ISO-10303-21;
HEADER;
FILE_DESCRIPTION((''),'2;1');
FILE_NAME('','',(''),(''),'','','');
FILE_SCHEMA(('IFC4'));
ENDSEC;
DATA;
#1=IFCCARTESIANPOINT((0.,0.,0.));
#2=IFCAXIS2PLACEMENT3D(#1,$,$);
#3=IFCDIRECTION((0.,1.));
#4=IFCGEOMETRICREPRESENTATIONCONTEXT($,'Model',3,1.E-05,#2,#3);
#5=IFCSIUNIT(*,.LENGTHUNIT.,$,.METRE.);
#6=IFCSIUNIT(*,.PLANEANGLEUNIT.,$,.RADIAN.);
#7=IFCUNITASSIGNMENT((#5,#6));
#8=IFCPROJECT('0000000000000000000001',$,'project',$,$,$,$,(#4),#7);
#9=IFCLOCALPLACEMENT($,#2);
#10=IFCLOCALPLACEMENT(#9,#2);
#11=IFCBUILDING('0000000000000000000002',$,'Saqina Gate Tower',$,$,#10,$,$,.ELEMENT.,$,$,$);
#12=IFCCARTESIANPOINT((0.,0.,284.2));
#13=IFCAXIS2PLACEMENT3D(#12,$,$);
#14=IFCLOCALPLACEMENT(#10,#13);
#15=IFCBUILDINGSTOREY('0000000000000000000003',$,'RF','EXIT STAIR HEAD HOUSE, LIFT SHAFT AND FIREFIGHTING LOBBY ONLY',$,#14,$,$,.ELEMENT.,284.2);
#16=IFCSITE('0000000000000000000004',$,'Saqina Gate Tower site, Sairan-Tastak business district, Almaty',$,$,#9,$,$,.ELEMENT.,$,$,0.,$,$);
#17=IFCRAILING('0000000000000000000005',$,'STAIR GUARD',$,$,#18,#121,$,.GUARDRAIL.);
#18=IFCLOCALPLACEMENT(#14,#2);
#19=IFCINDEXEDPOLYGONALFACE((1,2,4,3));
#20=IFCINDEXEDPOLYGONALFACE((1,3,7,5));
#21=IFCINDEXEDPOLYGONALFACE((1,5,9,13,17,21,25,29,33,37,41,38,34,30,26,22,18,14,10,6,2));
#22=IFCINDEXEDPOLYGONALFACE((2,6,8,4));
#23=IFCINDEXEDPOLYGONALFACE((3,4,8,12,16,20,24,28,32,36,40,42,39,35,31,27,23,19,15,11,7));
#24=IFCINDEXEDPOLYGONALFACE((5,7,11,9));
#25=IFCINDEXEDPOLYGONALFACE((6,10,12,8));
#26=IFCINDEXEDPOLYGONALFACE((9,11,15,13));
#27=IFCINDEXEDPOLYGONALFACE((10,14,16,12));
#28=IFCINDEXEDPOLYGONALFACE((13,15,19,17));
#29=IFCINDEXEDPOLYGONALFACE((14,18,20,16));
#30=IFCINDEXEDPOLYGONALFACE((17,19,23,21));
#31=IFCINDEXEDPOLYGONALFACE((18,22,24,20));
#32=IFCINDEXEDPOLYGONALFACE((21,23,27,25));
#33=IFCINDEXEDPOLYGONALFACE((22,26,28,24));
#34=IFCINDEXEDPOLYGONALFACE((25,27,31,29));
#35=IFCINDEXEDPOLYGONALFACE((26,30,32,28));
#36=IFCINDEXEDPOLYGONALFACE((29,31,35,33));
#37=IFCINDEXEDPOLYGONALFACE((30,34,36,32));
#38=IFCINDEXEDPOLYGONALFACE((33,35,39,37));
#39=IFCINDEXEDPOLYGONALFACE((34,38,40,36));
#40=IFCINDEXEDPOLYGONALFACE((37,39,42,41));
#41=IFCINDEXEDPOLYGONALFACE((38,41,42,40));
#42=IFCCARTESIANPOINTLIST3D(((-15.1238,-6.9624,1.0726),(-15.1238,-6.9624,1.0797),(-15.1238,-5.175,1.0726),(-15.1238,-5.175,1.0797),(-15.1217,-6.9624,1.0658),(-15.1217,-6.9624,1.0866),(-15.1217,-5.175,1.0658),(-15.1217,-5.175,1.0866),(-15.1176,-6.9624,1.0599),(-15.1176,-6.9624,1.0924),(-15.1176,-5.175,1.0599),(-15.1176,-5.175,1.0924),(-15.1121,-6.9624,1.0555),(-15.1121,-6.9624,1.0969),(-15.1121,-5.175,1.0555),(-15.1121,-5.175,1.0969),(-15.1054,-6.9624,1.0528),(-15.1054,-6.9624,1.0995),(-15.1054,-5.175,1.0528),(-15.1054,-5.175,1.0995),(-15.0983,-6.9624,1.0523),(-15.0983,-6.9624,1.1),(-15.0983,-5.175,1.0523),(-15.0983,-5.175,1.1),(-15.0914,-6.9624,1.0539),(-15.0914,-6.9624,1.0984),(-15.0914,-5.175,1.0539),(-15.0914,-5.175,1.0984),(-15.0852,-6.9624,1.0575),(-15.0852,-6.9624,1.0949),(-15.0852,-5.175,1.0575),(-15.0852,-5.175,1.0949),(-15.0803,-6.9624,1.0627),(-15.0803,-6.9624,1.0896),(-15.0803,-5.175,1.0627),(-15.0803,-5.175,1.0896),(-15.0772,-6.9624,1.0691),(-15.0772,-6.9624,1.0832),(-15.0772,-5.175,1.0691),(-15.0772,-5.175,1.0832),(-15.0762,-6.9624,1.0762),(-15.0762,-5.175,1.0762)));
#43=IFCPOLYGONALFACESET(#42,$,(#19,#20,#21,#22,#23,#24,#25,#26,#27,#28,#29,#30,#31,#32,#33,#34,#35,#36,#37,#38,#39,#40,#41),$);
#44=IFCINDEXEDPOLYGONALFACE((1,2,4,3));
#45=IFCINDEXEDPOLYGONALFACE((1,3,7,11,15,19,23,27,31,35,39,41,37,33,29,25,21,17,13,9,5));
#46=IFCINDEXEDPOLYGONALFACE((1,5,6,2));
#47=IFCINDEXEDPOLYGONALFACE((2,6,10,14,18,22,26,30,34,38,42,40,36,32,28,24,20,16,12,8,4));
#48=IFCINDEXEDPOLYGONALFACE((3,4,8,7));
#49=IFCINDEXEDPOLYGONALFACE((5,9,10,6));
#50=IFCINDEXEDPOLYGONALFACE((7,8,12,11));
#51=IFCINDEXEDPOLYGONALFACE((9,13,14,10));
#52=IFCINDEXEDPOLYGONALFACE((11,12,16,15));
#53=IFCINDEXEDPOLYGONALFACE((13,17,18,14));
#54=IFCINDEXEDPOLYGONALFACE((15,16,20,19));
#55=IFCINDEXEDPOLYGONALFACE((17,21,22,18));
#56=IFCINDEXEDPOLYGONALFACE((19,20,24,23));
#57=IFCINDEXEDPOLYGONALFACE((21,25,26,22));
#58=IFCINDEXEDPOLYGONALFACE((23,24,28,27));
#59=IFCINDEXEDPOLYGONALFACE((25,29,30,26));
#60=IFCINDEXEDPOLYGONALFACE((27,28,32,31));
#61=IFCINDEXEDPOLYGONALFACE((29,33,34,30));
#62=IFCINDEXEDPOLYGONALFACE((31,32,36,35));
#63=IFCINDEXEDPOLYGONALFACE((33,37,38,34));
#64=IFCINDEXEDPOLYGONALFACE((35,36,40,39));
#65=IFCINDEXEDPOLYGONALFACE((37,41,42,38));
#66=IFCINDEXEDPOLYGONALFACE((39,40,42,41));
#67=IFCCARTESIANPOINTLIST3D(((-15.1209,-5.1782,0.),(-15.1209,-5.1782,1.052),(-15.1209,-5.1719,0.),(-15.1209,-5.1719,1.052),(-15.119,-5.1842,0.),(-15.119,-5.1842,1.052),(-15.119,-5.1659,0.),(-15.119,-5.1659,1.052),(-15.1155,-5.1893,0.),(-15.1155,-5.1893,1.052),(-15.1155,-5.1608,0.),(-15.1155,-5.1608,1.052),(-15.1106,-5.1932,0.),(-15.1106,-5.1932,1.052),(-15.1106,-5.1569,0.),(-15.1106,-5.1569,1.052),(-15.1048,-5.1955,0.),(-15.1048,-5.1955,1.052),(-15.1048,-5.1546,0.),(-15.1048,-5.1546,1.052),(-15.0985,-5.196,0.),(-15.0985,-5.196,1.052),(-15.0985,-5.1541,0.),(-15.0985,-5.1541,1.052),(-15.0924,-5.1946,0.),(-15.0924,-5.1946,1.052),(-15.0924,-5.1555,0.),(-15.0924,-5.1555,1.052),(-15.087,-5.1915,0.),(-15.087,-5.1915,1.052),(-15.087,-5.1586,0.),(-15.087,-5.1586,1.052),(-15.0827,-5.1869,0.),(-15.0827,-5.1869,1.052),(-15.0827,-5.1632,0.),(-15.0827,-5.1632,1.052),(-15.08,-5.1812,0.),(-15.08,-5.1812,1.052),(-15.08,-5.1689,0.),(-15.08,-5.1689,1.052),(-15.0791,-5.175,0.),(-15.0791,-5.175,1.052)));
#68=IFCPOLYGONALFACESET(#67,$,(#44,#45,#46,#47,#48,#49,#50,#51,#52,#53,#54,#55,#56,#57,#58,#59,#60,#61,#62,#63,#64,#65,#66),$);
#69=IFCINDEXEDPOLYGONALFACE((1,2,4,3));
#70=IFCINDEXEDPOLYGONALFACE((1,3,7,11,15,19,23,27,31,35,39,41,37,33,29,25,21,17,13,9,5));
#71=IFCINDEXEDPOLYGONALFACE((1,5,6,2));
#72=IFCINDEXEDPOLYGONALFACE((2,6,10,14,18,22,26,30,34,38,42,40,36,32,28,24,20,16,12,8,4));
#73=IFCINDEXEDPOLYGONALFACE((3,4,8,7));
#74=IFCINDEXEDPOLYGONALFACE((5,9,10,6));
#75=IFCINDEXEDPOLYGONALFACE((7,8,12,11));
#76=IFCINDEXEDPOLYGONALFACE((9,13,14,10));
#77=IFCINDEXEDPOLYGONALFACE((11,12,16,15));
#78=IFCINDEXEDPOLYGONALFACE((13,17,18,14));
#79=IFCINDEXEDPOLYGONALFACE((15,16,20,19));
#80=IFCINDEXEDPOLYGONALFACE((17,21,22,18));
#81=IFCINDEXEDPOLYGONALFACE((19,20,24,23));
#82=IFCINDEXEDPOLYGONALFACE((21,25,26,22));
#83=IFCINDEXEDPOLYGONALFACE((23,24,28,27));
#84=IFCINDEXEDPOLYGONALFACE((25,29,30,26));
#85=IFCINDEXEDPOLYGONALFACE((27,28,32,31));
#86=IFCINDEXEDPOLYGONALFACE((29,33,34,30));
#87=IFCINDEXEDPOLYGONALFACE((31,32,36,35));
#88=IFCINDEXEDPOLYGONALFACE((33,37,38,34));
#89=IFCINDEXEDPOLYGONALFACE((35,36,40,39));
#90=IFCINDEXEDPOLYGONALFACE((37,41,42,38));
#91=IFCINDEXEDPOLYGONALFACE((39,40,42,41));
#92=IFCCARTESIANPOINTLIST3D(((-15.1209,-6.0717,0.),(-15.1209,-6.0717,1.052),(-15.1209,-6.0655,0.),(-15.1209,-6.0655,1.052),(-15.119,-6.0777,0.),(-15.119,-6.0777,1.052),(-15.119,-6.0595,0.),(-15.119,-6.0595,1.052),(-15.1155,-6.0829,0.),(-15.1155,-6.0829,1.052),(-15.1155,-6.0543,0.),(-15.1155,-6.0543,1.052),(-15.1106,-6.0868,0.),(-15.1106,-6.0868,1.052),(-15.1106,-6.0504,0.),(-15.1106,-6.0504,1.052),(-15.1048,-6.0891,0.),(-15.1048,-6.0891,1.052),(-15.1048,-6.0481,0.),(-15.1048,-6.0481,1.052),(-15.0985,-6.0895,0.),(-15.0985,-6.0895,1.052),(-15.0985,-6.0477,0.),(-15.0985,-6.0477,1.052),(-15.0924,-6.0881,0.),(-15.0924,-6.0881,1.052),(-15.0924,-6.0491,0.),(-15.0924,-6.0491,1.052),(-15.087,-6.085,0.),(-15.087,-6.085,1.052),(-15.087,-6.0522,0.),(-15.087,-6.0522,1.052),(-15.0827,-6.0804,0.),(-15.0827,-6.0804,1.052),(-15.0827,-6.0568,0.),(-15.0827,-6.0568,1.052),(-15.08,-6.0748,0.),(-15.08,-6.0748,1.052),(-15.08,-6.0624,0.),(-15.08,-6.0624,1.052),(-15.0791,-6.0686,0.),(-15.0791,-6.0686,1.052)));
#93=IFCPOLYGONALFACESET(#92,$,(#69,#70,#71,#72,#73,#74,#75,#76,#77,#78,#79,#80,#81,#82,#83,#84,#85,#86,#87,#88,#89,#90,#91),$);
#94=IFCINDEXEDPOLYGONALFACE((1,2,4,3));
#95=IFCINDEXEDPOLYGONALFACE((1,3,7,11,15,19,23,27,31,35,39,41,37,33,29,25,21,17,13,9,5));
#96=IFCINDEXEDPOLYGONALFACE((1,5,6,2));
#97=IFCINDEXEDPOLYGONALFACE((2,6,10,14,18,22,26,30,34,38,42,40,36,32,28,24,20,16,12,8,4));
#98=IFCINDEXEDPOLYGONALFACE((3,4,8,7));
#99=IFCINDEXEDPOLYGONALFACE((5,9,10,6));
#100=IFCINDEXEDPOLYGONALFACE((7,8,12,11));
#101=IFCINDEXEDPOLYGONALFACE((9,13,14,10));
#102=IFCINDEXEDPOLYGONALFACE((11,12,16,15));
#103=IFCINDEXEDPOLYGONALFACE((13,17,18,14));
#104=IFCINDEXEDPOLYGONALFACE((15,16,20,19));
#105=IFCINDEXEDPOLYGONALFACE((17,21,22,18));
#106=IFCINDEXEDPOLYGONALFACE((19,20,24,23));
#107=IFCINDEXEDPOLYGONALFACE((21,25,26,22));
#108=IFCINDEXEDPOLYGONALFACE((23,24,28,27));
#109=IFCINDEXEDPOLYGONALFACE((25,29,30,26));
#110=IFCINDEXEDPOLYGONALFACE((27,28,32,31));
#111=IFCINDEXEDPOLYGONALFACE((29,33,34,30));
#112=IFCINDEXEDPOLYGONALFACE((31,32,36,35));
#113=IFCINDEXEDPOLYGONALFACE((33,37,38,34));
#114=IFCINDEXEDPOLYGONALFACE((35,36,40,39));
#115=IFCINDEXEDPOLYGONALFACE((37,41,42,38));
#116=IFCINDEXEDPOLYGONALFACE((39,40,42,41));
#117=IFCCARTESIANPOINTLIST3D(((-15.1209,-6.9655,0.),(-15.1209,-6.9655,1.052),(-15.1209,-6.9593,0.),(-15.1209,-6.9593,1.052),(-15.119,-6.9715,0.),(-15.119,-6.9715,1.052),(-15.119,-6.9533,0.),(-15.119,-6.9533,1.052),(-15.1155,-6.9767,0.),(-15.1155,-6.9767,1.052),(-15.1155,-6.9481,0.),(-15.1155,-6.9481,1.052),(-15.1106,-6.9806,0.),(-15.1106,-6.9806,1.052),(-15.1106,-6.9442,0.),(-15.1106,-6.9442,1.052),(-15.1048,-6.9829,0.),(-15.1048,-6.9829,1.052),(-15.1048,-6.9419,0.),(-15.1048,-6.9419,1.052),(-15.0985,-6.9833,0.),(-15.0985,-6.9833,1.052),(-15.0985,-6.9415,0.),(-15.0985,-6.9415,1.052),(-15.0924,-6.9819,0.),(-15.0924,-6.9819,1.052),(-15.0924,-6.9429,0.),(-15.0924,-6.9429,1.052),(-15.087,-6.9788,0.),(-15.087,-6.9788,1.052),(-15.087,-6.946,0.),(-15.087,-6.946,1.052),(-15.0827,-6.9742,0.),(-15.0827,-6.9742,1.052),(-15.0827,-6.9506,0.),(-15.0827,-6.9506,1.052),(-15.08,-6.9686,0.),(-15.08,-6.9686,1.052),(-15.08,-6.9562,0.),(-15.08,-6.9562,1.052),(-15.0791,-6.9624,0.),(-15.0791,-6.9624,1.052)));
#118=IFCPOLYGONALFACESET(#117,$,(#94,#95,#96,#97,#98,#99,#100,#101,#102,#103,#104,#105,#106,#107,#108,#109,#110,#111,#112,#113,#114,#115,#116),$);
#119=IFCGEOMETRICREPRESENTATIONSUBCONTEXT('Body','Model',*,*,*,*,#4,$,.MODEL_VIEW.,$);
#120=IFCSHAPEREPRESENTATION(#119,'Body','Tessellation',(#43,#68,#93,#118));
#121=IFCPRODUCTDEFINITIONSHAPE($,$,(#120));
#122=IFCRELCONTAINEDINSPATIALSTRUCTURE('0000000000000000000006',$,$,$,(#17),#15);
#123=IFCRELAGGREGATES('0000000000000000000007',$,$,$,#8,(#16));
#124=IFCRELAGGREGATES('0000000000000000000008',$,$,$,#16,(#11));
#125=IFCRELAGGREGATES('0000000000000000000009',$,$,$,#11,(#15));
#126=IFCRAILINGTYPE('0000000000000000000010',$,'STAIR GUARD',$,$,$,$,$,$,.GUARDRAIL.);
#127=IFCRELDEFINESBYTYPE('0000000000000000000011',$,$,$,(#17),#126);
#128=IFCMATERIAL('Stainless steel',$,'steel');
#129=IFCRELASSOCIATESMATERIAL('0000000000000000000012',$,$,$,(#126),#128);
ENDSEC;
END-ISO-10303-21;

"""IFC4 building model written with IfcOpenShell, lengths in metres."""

from ifc_helpers import new_model, si_unit, direction, frame, origin, origin_2d, place, context, subcontext, project, spatial, circle, extrude, material, type_object, element, save


model = new_model("IFC4")

# Units and contexts
model_context = context("Model", 3, precision=1e-05, world=origin(), true_north=direction((0.0, 1.0)))
body_context = subcontext(model_context, "Body", "Model", "MODEL_VIEW")
ifc_project = project(units=[si_unit("LENGTHUNIT", "METRE"), si_unit("PLANEANGLEUNIT", "RADIAN")], contexts=[model_context])

# Site, building, storey
site_placement = place(None, origin())
site = spatial("IfcSite", under=ifc_project, at=site_placement, Name="Saqina Gate Tower site, Sairan-Tastak business district, Almaty", CompositionType="ELEMENT", RefElevation=0.0)
building_placement = place(site_placement, origin())
building = spatial("IfcBuilding", under=site, at=building_placement, Name="Saqina Gate Tower", CompositionType="ELEMENT")
storey_placement = place(building_placement, frame((0.0, 0.0, 284.2)))
storey = spatial("IfcBuildingStorey", under=building, at=storey_placement, Name="RF", Description="EXIT STAIR HEAD HOUSE, LIFT SHAFT AND FIREFIGHTING LOBBY ONLY", CompositionType="ELEMENT", Elevation=284.2)

# Railing
ifc_material_1 = material(Name="Stainless steel", Category="steel")
railing_type = type_object("IfcRailingType", Name="STAIR GUARD", PredefinedType="GUARDRAIL", material=ifc_material_1)
railing_placement = place(storey_placement, frame((-15.1001, -5.175, 0.0)))
element("IfcRailing", 1, at=railing_placement, inside=storey, type_object=railing_type, Name="STAIR GUARD", PredefinedType="GUARDRAIL", context=body_context, shape_type="SweptSolid", body=[
    extrude(circle(Radius=0.0239, at=origin_2d()), frame((0.0, 0.0, 1.0762), z_axis=(0.0, -1.0, 0.0), x_axis=(1.0, 0.0, 0.0)), (0.0, 0.0, 1.0), 1.7874),
    extrude(circle(Radius=0.021, at=origin_2d()), origin(), (0.0, 0.0, 1.0), 1.052),
    extrude(circle(Radius=0.021, at=origin_2d()), frame((0.0, -0.8936, 0.0)), (0.0, 0.0, 1.0), 1.052),
    extrude(circle(Radius=0.021, at=origin_2d()), frame((0.0, -1.7874, 0.0)), (0.0, 0.0, 1.0), 1.052),
])

save(model, "model.ifc")
